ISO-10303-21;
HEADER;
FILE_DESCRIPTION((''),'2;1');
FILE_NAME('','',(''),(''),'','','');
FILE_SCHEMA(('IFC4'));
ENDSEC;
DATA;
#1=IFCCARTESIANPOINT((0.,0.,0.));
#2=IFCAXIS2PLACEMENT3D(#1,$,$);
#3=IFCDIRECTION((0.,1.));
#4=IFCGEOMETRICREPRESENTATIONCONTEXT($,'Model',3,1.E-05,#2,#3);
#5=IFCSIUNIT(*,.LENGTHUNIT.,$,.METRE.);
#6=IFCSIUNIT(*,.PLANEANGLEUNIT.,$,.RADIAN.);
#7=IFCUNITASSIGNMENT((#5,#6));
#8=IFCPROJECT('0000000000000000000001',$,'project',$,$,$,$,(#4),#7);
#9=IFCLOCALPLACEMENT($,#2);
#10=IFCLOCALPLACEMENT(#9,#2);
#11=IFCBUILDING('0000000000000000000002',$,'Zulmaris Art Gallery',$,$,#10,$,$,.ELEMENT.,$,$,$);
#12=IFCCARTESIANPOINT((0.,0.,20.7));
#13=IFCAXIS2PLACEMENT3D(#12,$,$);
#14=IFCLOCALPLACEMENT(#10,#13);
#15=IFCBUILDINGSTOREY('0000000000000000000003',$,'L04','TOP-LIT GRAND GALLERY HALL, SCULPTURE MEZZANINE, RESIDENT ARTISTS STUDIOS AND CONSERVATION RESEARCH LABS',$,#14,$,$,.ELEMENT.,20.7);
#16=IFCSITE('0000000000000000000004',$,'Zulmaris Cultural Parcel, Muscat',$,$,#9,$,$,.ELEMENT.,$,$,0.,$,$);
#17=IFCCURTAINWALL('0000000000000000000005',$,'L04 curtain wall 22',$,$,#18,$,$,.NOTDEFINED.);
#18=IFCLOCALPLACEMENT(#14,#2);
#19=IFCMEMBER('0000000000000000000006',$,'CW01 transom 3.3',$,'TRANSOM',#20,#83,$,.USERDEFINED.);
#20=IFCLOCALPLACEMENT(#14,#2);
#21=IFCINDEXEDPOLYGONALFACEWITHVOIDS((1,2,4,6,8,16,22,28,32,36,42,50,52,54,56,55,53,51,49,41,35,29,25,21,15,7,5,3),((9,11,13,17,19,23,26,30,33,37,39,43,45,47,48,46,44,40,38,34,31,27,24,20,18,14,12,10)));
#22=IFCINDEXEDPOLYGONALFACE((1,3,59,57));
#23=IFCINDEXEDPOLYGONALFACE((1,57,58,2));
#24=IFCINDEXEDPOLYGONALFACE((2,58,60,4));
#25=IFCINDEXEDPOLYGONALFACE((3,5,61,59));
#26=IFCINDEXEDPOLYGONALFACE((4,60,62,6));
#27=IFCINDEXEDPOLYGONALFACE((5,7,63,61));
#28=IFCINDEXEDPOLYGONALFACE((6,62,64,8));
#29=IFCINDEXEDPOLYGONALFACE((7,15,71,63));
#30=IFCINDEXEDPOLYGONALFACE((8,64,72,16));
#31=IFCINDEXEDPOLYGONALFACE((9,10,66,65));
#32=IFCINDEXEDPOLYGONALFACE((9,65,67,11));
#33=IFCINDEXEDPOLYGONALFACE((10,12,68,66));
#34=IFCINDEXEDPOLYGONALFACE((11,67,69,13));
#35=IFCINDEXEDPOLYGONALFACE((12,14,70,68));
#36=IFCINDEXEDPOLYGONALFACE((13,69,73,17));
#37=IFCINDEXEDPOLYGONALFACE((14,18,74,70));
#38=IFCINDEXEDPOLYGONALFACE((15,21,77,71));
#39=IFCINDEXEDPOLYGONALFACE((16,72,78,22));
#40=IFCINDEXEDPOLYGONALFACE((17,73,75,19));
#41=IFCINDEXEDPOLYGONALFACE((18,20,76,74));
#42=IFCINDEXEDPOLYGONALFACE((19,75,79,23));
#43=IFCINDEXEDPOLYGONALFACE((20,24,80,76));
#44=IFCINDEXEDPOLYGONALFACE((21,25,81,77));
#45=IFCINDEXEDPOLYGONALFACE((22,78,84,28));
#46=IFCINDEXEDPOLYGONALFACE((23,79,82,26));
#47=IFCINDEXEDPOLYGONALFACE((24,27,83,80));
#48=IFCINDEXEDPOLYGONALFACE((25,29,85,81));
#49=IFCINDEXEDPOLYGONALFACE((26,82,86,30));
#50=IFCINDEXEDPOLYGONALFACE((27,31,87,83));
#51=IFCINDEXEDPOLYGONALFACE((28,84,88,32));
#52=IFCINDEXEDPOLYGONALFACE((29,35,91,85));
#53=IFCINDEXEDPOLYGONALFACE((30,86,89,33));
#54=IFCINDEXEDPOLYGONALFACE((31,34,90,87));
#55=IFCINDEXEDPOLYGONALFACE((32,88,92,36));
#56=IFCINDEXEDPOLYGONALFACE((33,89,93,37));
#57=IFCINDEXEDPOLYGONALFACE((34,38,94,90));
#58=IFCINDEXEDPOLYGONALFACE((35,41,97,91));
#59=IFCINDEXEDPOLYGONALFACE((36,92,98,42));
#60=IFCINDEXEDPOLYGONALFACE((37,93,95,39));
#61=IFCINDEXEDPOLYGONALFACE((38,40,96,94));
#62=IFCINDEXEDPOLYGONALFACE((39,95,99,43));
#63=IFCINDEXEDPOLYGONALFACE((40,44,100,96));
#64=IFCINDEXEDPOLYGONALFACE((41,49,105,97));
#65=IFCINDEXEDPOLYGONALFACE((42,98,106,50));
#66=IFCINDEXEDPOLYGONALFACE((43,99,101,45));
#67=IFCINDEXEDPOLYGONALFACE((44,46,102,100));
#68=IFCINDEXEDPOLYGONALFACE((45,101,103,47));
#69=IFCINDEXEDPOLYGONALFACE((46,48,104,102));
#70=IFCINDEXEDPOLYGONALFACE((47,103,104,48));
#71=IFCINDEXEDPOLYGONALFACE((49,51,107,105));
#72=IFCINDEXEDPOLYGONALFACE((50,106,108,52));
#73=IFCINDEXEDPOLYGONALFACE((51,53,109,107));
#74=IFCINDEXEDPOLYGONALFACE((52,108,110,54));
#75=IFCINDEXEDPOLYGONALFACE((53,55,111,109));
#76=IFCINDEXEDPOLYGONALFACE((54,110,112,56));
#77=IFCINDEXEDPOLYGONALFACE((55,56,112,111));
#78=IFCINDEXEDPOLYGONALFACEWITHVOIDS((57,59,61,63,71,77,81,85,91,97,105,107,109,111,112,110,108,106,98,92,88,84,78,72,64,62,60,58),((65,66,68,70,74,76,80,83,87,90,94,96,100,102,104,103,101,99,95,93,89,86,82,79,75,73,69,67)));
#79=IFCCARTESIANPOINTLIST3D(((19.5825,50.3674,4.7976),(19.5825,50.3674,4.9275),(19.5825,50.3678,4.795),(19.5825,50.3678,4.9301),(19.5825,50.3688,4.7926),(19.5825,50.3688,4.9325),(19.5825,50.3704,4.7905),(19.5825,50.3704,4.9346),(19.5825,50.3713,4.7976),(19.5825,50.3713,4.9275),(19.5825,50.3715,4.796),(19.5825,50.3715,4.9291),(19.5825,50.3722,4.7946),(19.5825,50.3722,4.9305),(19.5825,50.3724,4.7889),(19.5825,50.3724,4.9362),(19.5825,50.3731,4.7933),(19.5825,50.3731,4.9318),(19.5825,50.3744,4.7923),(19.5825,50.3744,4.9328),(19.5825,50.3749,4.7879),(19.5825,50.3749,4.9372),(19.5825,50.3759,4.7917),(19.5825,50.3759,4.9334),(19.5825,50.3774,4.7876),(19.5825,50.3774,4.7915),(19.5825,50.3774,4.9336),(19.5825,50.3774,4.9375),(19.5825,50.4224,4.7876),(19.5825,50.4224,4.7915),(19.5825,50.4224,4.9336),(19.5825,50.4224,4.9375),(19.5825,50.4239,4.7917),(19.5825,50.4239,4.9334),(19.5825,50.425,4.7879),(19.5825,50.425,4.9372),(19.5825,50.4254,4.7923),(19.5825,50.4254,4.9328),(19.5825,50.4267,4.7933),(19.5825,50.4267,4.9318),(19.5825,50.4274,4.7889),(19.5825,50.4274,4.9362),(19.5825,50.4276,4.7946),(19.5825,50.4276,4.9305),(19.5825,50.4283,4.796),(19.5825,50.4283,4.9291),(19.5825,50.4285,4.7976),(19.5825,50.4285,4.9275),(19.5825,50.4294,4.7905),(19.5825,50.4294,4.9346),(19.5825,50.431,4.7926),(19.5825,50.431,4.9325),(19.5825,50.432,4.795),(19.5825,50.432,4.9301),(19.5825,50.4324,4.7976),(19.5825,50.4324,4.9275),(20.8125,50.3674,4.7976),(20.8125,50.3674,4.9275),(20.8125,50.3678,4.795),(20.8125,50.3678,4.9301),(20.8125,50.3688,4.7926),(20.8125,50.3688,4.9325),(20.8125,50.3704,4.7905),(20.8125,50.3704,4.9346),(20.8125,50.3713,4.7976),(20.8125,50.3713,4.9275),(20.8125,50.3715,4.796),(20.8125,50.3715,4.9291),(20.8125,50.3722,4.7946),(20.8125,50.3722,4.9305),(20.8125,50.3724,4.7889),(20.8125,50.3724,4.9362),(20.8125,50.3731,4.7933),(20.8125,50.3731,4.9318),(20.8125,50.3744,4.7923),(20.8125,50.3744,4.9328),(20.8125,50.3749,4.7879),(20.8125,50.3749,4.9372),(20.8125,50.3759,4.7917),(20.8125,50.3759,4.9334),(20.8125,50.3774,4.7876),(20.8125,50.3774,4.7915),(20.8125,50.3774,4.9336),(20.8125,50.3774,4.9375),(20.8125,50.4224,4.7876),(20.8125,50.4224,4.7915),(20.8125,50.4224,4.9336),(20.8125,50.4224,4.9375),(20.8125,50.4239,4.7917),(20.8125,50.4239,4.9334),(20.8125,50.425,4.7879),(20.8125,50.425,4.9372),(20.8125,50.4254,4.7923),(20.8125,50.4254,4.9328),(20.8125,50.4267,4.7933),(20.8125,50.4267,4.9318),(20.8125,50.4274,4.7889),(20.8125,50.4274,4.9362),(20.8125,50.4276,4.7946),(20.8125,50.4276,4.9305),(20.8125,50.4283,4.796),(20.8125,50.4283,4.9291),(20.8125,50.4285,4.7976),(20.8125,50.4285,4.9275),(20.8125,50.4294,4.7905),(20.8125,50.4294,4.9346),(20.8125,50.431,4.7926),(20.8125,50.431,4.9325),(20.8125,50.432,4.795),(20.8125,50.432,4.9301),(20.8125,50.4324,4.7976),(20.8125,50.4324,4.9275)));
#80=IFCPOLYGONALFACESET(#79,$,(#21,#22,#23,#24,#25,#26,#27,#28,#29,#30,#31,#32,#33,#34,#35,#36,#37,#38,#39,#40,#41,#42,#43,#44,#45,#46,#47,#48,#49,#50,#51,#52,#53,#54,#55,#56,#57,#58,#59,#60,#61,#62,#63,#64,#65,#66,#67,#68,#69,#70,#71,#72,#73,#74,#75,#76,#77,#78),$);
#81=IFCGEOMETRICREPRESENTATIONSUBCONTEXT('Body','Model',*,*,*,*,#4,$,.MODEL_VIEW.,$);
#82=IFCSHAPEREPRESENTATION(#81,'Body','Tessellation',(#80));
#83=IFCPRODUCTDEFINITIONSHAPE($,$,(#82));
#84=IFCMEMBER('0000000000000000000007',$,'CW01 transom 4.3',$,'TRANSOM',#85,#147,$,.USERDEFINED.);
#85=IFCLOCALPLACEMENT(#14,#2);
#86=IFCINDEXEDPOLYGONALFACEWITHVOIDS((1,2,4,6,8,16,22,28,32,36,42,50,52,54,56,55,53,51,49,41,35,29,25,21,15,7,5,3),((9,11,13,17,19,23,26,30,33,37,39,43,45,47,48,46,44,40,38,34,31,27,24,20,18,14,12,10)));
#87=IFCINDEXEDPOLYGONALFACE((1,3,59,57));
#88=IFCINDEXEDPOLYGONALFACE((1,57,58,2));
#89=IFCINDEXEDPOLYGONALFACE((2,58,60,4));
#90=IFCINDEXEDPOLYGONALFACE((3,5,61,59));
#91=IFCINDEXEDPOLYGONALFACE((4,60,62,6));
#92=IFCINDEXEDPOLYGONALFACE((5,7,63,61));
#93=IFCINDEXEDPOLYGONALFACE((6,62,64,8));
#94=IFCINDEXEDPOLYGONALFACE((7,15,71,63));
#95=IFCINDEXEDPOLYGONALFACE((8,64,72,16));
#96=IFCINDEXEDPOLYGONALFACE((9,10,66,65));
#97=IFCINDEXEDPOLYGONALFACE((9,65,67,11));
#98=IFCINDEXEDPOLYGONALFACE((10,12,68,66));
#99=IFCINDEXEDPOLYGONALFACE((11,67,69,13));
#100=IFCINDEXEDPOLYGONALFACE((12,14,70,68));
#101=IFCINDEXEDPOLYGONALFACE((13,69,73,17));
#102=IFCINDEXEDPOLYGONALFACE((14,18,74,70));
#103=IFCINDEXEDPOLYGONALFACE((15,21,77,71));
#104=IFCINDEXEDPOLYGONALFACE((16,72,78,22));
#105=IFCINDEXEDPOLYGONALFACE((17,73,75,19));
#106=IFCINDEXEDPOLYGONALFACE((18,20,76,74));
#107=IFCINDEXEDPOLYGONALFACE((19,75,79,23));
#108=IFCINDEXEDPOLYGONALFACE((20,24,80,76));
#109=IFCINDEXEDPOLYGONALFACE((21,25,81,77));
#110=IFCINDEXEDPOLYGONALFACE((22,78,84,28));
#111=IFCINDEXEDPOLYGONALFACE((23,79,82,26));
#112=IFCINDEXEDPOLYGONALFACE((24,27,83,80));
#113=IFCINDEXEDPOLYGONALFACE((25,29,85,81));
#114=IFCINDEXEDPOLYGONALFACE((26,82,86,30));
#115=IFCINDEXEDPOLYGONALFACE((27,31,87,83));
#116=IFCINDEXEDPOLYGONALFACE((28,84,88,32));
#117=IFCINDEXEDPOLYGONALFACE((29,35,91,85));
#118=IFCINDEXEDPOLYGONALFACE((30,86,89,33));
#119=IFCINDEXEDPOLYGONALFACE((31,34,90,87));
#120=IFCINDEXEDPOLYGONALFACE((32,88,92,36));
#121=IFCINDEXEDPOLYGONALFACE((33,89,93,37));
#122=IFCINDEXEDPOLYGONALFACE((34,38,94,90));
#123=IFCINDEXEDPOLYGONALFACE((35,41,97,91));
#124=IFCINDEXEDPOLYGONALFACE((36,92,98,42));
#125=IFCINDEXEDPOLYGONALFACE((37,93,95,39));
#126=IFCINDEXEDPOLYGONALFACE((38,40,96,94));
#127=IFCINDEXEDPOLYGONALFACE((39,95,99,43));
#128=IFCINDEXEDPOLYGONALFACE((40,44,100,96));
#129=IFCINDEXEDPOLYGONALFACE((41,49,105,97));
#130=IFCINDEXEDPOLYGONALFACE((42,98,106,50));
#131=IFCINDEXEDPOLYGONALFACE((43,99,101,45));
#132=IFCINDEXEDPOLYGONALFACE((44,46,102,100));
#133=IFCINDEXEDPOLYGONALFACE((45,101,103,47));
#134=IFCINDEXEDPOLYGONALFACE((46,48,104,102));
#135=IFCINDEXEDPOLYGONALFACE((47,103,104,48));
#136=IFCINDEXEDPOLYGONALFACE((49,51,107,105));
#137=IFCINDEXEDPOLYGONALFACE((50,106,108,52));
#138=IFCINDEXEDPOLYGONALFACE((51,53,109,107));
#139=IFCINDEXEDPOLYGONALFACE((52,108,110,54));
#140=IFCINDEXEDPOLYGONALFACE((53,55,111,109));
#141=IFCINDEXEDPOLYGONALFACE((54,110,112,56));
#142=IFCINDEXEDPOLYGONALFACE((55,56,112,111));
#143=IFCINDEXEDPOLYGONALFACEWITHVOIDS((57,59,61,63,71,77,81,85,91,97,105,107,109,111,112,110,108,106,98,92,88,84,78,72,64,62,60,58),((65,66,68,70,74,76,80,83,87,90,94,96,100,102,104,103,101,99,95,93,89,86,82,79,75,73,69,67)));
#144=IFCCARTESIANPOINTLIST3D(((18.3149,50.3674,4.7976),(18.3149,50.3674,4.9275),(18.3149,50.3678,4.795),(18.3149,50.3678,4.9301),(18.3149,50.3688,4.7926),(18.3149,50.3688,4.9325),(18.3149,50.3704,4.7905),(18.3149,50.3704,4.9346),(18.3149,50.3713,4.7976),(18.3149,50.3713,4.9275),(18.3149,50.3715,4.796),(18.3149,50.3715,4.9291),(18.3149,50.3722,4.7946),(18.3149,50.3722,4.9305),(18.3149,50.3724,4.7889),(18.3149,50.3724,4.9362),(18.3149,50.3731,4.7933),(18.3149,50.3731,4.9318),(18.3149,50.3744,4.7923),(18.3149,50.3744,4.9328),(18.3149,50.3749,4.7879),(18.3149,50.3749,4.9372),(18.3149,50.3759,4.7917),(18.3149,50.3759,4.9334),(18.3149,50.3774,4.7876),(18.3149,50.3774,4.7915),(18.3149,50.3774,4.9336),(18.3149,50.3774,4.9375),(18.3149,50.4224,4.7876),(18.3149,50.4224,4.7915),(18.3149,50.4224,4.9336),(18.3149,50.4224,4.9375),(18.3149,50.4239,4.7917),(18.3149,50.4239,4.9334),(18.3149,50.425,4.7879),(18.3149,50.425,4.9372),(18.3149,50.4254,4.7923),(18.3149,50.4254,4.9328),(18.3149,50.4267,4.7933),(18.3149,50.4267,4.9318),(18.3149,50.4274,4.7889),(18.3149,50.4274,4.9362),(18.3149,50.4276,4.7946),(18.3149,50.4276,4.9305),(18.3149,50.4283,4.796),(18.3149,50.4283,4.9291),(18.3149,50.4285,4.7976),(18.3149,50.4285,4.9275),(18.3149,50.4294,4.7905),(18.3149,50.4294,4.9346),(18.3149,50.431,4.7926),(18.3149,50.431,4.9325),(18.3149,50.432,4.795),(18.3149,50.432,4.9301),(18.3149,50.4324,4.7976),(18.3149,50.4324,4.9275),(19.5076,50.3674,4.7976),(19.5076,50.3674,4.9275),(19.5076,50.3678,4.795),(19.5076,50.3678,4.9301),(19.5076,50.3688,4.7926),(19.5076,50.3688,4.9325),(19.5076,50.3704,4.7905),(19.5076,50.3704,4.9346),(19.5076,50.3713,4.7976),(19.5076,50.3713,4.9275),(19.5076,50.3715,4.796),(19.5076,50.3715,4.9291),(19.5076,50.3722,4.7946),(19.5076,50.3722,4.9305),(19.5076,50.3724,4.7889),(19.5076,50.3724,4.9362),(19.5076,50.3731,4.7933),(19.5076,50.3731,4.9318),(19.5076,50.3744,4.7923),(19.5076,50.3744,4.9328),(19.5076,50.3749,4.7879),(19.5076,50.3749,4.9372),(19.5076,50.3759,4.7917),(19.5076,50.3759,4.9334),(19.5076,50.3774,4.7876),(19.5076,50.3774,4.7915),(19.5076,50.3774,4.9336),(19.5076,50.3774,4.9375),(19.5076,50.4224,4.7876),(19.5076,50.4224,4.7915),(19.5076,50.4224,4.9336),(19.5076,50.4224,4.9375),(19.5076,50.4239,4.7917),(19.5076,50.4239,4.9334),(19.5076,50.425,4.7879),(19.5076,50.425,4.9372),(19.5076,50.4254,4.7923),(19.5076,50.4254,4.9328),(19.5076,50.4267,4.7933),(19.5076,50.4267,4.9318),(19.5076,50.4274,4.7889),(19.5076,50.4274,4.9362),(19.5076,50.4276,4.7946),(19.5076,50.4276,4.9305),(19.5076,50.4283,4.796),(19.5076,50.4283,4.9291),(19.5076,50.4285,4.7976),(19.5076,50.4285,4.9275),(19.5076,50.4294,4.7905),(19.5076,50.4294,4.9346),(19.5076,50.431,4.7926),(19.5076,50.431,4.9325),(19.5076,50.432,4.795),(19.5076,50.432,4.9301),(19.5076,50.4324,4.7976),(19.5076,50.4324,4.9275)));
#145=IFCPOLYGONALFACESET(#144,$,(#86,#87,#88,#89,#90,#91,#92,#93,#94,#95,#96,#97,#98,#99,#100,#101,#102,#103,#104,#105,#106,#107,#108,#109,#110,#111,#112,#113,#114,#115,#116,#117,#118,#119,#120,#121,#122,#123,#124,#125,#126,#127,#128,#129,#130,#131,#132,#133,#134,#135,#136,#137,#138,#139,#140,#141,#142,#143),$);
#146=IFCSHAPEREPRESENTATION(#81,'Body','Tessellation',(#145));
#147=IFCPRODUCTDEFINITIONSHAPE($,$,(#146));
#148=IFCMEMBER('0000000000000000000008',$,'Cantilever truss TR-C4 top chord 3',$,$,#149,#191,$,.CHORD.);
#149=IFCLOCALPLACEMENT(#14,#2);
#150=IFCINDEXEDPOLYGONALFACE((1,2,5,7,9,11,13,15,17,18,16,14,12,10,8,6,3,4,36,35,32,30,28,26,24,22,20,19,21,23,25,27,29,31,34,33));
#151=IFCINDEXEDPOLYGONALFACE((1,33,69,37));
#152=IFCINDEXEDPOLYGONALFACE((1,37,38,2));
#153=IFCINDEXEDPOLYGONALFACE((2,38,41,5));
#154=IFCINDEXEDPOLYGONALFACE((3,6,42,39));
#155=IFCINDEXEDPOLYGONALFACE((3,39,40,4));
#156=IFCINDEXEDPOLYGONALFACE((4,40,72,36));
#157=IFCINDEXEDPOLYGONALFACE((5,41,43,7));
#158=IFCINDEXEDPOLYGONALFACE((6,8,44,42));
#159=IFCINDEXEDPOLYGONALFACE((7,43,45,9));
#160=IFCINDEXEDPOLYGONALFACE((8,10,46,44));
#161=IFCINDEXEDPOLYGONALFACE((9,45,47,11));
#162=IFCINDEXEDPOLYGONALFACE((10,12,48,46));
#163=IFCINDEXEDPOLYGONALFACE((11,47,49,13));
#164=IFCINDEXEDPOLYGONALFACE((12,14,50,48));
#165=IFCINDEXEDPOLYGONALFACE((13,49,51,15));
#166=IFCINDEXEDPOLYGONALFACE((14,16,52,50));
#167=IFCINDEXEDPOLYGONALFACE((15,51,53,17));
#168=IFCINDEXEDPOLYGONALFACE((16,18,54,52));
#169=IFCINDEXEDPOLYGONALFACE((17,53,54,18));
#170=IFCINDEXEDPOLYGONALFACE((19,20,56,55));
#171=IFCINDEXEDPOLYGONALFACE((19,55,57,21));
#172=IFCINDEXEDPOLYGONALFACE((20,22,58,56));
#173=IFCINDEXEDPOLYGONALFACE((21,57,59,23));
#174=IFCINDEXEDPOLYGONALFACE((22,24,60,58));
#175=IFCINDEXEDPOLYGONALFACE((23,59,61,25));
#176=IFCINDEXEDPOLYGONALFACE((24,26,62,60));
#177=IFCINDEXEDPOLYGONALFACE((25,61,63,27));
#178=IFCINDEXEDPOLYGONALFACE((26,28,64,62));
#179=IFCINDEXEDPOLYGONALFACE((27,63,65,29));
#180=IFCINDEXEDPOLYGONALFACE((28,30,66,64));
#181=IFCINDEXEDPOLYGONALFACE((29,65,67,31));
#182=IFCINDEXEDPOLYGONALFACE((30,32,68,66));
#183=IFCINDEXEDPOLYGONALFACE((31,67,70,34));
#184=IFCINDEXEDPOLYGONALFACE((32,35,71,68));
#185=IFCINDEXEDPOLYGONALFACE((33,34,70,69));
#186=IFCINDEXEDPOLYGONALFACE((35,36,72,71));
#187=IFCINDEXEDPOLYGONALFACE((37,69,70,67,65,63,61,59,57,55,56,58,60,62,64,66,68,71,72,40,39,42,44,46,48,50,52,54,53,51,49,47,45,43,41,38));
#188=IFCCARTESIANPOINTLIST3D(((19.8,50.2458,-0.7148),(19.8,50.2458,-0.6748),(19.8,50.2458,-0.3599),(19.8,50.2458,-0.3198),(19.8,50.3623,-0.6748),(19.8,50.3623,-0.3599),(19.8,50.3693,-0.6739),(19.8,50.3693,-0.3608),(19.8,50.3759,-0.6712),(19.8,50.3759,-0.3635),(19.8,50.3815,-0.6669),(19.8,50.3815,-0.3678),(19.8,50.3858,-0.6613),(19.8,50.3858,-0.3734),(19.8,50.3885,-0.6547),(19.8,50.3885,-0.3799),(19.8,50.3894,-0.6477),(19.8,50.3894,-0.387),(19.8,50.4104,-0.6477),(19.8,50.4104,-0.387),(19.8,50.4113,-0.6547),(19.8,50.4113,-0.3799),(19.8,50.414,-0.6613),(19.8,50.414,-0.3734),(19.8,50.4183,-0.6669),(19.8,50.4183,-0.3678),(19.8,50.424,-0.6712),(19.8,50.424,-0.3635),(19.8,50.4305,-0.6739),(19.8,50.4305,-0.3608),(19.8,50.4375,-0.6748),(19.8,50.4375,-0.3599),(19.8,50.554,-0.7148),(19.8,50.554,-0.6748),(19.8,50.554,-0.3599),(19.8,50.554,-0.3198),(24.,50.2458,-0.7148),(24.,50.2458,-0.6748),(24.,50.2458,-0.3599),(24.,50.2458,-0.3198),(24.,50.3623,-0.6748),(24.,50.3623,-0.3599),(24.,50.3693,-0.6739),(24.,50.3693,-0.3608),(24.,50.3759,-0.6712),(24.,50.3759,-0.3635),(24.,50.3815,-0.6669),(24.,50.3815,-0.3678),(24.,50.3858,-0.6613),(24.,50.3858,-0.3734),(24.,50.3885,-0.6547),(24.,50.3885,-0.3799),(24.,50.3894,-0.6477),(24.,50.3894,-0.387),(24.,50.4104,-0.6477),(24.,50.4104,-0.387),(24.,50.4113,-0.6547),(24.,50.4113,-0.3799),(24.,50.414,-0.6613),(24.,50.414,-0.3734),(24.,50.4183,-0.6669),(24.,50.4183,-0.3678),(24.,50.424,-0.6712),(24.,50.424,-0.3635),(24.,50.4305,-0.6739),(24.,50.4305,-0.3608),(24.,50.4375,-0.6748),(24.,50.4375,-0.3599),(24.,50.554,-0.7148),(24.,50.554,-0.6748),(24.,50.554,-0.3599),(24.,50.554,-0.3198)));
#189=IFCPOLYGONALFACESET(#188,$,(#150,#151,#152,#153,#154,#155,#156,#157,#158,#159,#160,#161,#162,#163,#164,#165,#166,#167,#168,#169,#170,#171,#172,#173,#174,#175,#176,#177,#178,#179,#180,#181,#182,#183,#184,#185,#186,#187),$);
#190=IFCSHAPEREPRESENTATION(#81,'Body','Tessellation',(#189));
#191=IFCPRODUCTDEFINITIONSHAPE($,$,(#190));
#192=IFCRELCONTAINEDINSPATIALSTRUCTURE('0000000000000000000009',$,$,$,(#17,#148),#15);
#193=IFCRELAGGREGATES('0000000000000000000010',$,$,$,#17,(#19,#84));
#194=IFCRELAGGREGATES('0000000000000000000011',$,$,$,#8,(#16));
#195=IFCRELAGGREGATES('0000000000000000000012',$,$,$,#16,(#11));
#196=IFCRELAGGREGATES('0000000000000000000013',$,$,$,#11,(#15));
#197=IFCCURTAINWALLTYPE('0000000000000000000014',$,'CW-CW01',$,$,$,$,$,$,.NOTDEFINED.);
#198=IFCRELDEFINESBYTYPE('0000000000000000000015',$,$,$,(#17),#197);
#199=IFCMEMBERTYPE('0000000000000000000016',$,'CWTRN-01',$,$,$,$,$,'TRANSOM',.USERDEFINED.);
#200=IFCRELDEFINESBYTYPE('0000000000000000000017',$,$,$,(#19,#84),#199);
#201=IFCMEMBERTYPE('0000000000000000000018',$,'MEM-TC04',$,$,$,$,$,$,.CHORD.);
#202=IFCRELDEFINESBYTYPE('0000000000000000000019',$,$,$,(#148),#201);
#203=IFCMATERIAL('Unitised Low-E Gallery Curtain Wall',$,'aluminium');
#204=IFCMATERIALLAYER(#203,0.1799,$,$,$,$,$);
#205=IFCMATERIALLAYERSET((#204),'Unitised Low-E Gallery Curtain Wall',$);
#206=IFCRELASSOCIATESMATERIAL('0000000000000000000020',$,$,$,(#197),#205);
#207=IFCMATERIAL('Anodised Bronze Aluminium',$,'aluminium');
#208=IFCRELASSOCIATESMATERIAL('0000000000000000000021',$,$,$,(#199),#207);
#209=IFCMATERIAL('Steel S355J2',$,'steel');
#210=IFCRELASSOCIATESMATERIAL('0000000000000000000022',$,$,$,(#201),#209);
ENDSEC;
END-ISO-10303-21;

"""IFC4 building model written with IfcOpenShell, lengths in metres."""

from ifc_helpers import new_model, si_unit, direction, frame, origin, origin_2d, place, context, subcontext, project, spatial, hollow_rectangle, i_section, extrude, material, layer, layer_set, material_profile, profile_set, type_object, element, aggregate, save


model = new_model("IFC4")

# Units and contexts
model_context = context("Model", 3, precision=1e-05, world=origin(), true_north=direction((0.0, 1.0)))
body_context = subcontext(model_context, "Body", "Model", "MODEL_VIEW")
ifc_project = project(units=[si_unit("LENGTHUNIT", "METRE"), si_unit("PLANEANGLEUNIT", "RADIAN")], contexts=[model_context])

# Site, building, storey
site_placement = place(None, origin())
site = spatial("IfcSite", under=ifc_project, at=site_placement, Name="Zulmaris Cultural Parcel, Muscat", CompositionType="ELEMENT", RefElevation=0.0)
building_placement = place(site_placement, origin())
building = spatial("IfcBuilding", under=site, at=building_placement, Name="Zulmaris Art Gallery", CompositionType="ELEMENT")
storey_placement = place(building_placement, frame((0.0, 0.0, 20.7)))
storey = spatial("IfcBuildingStorey", under=building, at=storey_placement, Name="L04", Description="TOP-LIT GRAND GALLERY HALL, SCULPTURE MEZZANINE, RESIDENT ARTISTS STUDIOS AND CONSERVATION RESEARCH LABS", CompositionType="ELEMENT", Elevation=20.7)

# Curtain wall, members
ifc_material_1 = material(Name="Unitised Low-E Gallery Curtain Wall", Category="aluminium")
ifc_layer_1 = layer(ifc_material_1, 0.1799)
ifc_layer_set_1 = layer_set([ifc_layer_1], Name="Unitised Low-E Gallery Curtain Wall")
curtain_wall_type = type_object("IfcCurtainWallType", Name="CW-CW01", PredefinedType="NOTDEFINED", material=ifc_layer_set_1)
curtain_wall_placement = place(storey_placement, origin())
curtain_wall = element("IfcCurtainWall", 1, at=curtain_wall_placement, inside=storey, type_object=curtain_wall_type, Name="L04 curtain wall 22", PredefinedType="NOTDEFINED")
ifc_material_2 = material(Name="Anodised Bronze Aluminium", Category="aluminium")
ifc_material_profile_1 = material_profile(ifc_material_2, hollow_rectangle(XDim=0.0649, YDim=0.1499, WallThickness=0.0039, InnerFilletRadius=0.0061, OuterFilletRadius=0.01, at=origin_2d()), Name="ALU 65x150x4")
ifc_profile_set_1 = profile_set([ifc_material_profile_1], Name="Anodised Bronze Aluminium")
member_type_1 = type_object("IfcMemberType", Name="CWTRN-01", ElementType="TRANSOM", PredefinedType="USERDEFINED", material=ifc_profile_set_1)
member_1_placement = place(storey_placement, frame((20.8125, 50.3999, 4.8625), z_axis=(-1.0, 0.0, 0.0), x_axis=(0.0, -1.0, 0.0)))
member_1 = element("IfcMember", 2, at=member_1_placement, type_object=member_type_1, Name="CW01 transom 3.3", ObjectType="TRANSOM", PredefinedType="USERDEFINED", context=body_context, shape_type="SweptSolid", body=[
    extrude(hollow_rectangle(XDim=0.0649, YDim=0.1499, WallThickness=0.0039, InnerFilletRadius=0.0061, OuterFilletRadius=0.01, at=origin_2d()), origin(), (0.0, 0.0, 1.0), 1.23),
])
member_2_placement = place(storey_placement, frame((19.5076, 50.3999, 4.8625), z_axis=(-1.0, 0.0, 0.0), x_axis=(0.0, -1.0, 0.0)))
member_2 = element("IfcMember", 3, at=member_2_placement, type_object=member_type_1, Name="CW01 transom 4.3", ObjectType="TRANSOM", PredefinedType="USERDEFINED", context=body_context, shape_type="SweptSolid", body=[
    extrude(hollow_rectangle(XDim=0.0649, YDim=0.1499, WallThickness=0.0039, InnerFilletRadius=0.0061, OuterFilletRadius=0.01, at=origin_2d()), origin(), (0.0, 0.0, 1.0), 1.1926),
])

# Member
ifc_material_3 = material(Name="Steel S355J2", Category="steel")
ifc_material_profile_2 = material_profile(ifc_material_3, i_section(OverallWidth=0.3081, OverallDepth=0.395, WebThickness=0.021, FlangeThickness=0.04, FilletRadius=0.0271, at=origin_2d()), Name="HEM 360")
ifc_profile_set_2 = profile_set([ifc_material_profile_2], Name="Steel S355J2")
member_type_2 = type_object("IfcMemberType", Name="MEM-TC04", PredefinedType="CHORD", material=ifc_profile_set_2)
member_3_placement = place(storey_placement, frame((19.8, 50.3999, -0.5173), z_axis=(1.0, 0.0, 0.0), x_axis=(0.0, 1.0, 0.0)))
element("IfcMember", 4, at=member_3_placement, inside=storey, type_object=member_type_2, Name="Cantilever truss TR-C4 top chord 3", PredefinedType="CHORD", context=body_context, shape_type="SweptSolid", body=[
    extrude(i_section(OverallWidth=0.3081, OverallDepth=0.395, WebThickness=0.021, FlangeThickness=0.04, FilletRadius=0.0271, at=origin_2d()), origin(), (0.0, 0.0, 1.0), 4.2),
])

aggregate(curtain_wall, [member_1, member_2])

save(model, "model.ifc")
